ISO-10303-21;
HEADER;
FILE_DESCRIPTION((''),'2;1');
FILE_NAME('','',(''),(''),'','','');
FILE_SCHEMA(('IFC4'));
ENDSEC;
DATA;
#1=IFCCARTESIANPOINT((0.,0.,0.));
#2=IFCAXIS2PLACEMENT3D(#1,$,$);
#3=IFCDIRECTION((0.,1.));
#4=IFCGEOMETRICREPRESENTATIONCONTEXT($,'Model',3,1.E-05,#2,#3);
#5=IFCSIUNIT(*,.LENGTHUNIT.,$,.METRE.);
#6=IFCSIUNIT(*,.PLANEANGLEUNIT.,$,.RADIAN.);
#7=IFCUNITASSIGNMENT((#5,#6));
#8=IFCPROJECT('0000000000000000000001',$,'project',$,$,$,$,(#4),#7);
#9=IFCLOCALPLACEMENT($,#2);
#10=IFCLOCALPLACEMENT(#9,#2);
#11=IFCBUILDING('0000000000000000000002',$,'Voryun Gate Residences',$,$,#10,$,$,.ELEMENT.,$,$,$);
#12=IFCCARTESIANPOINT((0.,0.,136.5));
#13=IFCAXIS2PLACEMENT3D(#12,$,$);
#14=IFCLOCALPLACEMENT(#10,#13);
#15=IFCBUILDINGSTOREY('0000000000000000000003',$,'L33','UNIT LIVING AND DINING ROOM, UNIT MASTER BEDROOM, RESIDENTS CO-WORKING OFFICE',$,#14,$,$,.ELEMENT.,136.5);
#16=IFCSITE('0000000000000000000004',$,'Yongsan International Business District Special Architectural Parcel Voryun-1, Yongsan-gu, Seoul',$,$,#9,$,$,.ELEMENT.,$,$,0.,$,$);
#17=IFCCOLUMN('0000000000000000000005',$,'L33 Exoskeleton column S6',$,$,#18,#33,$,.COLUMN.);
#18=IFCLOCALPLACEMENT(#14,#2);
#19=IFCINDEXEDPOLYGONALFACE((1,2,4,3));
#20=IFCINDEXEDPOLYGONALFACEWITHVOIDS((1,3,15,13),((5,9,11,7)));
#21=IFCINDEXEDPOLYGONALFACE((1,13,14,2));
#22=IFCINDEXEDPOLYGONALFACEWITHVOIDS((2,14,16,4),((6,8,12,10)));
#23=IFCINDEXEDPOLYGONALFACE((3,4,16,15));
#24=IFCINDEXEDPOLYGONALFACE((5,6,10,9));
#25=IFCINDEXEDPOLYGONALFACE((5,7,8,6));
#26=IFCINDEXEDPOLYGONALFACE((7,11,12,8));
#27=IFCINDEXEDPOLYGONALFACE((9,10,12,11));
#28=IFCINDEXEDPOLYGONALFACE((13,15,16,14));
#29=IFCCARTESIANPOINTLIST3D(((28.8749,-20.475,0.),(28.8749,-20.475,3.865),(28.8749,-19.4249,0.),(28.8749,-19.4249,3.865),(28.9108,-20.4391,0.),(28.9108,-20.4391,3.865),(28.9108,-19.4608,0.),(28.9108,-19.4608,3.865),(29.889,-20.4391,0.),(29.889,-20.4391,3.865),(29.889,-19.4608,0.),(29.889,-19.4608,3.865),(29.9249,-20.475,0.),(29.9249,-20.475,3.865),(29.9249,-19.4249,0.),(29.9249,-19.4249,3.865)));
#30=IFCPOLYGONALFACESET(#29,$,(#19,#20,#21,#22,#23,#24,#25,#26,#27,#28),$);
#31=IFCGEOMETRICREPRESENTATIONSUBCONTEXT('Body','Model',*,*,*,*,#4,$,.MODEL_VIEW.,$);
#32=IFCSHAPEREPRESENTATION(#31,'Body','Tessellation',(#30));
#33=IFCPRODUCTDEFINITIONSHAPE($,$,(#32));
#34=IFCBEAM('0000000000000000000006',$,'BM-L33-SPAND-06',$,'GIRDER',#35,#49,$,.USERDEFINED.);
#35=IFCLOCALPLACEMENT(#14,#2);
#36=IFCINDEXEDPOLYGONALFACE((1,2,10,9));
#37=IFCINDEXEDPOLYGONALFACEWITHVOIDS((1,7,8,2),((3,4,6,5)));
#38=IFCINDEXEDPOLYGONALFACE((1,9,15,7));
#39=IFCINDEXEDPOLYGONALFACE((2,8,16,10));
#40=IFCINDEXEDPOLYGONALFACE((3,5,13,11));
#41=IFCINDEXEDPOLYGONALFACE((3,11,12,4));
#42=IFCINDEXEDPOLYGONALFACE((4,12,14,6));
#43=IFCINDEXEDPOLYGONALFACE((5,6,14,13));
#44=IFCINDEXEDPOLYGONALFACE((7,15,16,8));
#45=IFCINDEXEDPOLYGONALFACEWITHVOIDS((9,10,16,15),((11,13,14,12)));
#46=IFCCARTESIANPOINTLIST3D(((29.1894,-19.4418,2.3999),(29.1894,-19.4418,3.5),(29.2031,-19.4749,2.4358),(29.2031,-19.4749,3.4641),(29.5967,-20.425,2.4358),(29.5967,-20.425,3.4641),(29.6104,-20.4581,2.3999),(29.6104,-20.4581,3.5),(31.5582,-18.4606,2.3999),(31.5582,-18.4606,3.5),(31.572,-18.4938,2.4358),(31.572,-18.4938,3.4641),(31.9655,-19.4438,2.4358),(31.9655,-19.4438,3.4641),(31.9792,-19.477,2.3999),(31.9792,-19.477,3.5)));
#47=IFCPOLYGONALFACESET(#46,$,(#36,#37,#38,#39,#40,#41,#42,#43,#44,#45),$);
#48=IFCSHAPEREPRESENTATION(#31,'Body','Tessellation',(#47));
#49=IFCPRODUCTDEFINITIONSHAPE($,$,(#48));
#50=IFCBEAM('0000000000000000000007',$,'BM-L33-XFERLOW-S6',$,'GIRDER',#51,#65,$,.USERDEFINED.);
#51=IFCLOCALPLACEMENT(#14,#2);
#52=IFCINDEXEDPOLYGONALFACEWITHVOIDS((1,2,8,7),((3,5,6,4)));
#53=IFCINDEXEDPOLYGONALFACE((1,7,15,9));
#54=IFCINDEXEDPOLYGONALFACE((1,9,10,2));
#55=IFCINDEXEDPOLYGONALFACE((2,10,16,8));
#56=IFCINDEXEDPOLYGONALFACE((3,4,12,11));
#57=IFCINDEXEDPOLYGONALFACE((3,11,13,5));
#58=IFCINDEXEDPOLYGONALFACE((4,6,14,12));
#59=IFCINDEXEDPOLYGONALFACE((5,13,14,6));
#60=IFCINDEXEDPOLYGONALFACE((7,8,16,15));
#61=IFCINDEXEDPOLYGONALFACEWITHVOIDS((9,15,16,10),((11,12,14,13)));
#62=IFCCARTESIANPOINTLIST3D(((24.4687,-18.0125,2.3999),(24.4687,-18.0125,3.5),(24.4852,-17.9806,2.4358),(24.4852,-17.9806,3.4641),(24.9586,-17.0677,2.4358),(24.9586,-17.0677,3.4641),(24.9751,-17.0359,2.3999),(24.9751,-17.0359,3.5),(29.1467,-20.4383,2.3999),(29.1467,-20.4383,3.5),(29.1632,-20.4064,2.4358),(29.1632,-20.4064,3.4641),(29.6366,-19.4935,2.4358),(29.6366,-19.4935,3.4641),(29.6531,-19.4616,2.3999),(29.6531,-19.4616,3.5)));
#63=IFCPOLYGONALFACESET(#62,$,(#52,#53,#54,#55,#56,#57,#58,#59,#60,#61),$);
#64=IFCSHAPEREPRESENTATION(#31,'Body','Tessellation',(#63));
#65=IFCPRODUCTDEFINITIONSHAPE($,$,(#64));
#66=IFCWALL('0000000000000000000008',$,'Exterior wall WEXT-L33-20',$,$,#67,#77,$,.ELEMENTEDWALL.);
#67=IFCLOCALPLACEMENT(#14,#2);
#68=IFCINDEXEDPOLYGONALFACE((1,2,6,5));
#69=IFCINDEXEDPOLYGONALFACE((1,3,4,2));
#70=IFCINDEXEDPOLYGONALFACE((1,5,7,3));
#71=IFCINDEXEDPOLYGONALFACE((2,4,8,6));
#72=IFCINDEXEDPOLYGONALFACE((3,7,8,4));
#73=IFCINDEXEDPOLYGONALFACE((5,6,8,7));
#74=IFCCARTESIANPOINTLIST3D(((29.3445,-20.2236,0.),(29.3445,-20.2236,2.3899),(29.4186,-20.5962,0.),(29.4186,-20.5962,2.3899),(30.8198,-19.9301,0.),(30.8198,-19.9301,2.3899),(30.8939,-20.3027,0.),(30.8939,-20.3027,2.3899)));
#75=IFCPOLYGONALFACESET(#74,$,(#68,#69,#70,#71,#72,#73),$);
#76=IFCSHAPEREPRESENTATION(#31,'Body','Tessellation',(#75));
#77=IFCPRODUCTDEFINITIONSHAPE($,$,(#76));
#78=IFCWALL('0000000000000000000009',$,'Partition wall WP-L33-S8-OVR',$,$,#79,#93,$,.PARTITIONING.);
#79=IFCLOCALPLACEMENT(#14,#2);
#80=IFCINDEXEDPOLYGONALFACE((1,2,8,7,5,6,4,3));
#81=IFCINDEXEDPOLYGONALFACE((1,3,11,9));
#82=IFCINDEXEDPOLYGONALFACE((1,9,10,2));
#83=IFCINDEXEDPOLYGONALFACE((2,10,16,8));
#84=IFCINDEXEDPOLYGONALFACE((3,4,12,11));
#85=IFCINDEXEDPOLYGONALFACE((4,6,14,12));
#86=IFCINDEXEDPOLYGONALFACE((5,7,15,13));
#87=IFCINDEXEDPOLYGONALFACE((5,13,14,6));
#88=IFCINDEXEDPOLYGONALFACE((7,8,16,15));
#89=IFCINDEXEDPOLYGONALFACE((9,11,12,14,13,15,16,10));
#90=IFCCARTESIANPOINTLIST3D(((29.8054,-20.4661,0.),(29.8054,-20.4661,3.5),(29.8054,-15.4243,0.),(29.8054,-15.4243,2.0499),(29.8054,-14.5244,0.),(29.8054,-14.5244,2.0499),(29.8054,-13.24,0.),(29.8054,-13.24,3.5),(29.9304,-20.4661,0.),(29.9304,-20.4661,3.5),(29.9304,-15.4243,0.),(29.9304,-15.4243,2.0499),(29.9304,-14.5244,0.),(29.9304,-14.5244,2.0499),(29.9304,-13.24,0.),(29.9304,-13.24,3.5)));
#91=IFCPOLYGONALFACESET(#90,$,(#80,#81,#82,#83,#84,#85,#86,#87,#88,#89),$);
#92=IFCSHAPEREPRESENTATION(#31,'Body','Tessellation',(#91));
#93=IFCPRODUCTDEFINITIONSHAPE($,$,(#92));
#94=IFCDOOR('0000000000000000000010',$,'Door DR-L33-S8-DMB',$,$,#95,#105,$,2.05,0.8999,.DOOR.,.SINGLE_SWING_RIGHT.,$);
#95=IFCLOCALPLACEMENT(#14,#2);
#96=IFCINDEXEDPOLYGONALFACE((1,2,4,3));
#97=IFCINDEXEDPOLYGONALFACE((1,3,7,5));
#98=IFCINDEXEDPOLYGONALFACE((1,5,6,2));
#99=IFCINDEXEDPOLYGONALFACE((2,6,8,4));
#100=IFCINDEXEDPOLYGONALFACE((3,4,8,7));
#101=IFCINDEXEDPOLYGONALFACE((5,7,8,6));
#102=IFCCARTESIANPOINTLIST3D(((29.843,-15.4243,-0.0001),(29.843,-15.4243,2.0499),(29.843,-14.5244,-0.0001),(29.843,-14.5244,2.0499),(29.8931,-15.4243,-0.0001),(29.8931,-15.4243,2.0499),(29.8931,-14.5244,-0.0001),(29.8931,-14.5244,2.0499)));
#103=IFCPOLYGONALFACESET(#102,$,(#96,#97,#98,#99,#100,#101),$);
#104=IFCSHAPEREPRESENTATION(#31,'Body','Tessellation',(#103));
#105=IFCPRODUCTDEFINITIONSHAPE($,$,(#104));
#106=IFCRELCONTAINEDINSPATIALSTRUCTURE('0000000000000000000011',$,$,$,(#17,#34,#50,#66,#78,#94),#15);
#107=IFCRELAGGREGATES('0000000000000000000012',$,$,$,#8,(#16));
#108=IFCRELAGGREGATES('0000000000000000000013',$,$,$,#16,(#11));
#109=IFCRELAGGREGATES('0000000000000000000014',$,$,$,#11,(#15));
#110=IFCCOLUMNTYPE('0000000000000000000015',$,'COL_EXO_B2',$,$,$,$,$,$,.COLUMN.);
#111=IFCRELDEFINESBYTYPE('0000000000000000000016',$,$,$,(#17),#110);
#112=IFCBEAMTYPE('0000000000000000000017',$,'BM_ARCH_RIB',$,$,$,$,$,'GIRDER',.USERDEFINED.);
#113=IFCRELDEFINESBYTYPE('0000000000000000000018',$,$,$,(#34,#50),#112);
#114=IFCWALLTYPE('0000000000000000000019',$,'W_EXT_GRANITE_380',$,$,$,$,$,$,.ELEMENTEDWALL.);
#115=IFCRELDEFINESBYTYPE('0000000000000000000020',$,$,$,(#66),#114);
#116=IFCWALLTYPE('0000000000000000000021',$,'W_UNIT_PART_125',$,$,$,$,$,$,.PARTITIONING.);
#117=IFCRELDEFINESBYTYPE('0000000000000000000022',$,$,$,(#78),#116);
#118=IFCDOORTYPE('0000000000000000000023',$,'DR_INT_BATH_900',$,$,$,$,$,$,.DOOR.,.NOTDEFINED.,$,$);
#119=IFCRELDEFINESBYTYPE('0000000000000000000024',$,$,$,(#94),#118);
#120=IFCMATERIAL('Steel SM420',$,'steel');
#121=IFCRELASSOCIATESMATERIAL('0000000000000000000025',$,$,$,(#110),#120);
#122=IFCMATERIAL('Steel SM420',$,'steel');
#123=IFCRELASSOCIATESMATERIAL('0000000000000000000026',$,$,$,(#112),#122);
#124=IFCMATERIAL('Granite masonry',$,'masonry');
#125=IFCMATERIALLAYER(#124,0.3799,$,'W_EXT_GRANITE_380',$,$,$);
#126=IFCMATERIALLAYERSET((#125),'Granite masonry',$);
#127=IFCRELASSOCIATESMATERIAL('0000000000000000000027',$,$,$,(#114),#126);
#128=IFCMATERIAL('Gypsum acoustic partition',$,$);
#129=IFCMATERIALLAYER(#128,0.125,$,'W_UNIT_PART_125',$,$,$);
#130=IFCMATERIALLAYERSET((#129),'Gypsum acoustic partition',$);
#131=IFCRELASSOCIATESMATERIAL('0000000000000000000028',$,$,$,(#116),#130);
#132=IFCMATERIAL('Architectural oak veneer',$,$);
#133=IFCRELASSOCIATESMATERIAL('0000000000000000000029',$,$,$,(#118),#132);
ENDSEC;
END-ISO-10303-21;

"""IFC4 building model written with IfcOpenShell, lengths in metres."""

from ifc_helpers import new_model, si_unit, direction, frame, frame_2d, origin, origin_2d, place, context, subcontext, project, spatial, rectangle, hollow_rectangle, extrude, material, layer, layer_set, material_profile, profile_set, type_object, element, fill, save


model = new_model("IFC4")

# Units and contexts
model_context = context("Model", 3, precision=1e-05, world=origin(), true_north=direction((0.0, 1.0)))
body_context = subcontext(model_context, "Body", "Model", "MODEL_VIEW")
ifc_project = project(units=[si_unit("LENGTHUNIT", "METRE"), si_unit("PLANEANGLEUNIT", "RADIAN")], contexts=[model_context])

# Site, building, storey
site_placement = place(None, origin())
site = spatial("IfcSite", under=ifc_project, at=site_placement, Name="Yongsan International Business District Special Architectural Parcel Voryun-1, Yongsan-gu, Seoul", CompositionType="ELEMENT", RefElevation=0.0)
building_placement = place(site_placement, origin())
building = spatial("IfcBuilding", under=site, at=building_placement, Name="Voryun Gate Residences", CompositionType="ELEMENT")
storey_placement = place(building_placement, frame((0.0, 0.0, 136.5)))
storey = spatial("IfcBuildingStorey", under=building, at=storey_placement, Name="L33", Description="UNIT LIVING AND DINING ROOM, UNIT MASTER BEDROOM, RESIDENTS CO-WORKING OFFICE", CompositionType="ELEMENT", Elevation=136.5)

# Column
ifc_material_1 = material(Name="Steel SM420", Category="steel")
ifc_material_profile_1 = material_profile(ifc_material_1, hollow_rectangle(XDim=1.05, YDim=1.05, WallThickness=0.0359, at=origin_2d()), Name="BOX-1050x1050x36")
ifc_profile_set_1 = profile_set([ifc_material_profile_1], Name="Steel SM420")
column_type = type_object("IfcColumnType", Name="COL_EXO_B2", PredefinedType="COLUMN", material=ifc_profile_set_1)
column_placement = place(storey_placement, frame((29.3999, -19.95, 0.0), z_axis=(0.0, 0.0, 1.0), x_axis=(1.0, 0.0, 0.0)))
element("IfcColumn", 1, at=column_placement, inside=storey, type_object=column_type, Name="L33 Exoskeleton column S6", PredefinedType="COLUMN", context=body_context, shape_type="SweptSolid", body=[
    extrude(hollow_rectangle(XDim=1.05, YDim=1.05, WallThickness=0.0359, at=origin_2d()), origin(), (0.0, 0.0, 1.0), 3.865),
])

# Beams
ifc_material_2 = material(Name="Steel SM420", Category="steel")
ifc_material_profile_2 = material_profile(ifc_material_2, hollow_rectangle(XDim=1.1001, YDim=1.1001, WallThickness=0.0359, at=origin_2d()), Name="BOX-1100x1100x36")
ifc_profile_set_2 = profile_set([ifc_material_profile_2], Name="Steel SM420")
beam_type = type_object("IfcBeamType", Name="BM_ARCH_RIB", ElementType="GIRDER", PredefinedType="USERDEFINED", material=ifc_profile_set_2)
beam_1_placement = place(storey_placement, frame((29.3999, -19.95, 2.95), z_axis=(0.923883, 0.382674, 0.0), x_axis=(-0.382674, 0.923883, 0.0)))
element("IfcBeam", 2, at=beam_1_placement, inside=storey, type_object=beam_type, Name="BM-L33-SPAND-06", ObjectType="GIRDER", PredefinedType="USERDEFINED", context=body_context, shape_type="SweptSolid", body=[
    extrude(hollow_rectangle(XDim=1.1001, YDim=1.1001, WallThickness=0.0359, at=origin_2d()), origin(), (0.0, 0.0, 1.0), 2.564),
])
beam_2_placement = place(storey_placement, frame((29.3999, -19.95, 2.95), z_axis=(-0.887742, 0.460342, 0.0), x_axis=(-0.460342, -0.887742, 0.0)))
element("IfcBeam", 3, at=beam_2_placement, inside=storey, type_object=beam_type, Name="BM-L33-XFERLOW-S6", ObjectType="GIRDER", PredefinedType="USERDEFINED", context=body_context, shape_type="SweptSolid", body=[
    extrude(hollow_rectangle(XDim=1.1001, YDim=1.1001, WallThickness=0.0359, at=origin_2d()), origin(), (0.0, 0.0, 1.0), 5.2695),
])

# Shared definitions
ifc_material_3 = material(Name="Granite masonry", Category="masonry")
ifc_layer_1 = layer(ifc_material_3, 0.3799, Name="W_EXT_GRANITE_380")
ifc_layer_set_1 = layer_set([ifc_layer_1], Name="Granite masonry")
wall_type_1 = type_object("IfcWallType", Name="W_EXT_GRANITE_380", PredefinedType="ELEMENTEDWALL", material=ifc_layer_set_1)

# Wall
wall_1_placement = place(storey_placement, frame((30.8567, -20.1165, 0.0), z_axis=(0.0, 0.0, 1.0), x_axis=(-0.980786, -0.195086, 0.0)))
element("IfcWall", 4, at=wall_1_placement, inside=storey, type_object=wall_type_1, Name="Exterior wall WEXT-L33-20", PredefinedType="ELEMENTEDWALL", context=body_context, shape_type="SweptSolid", body=[
    extrude(rectangle(XDim=1.5042, YDim=0.3799, at=frame_2d((0.752, 0.0))), origin(), (0.0, 0.0, 1.0), 2.3899),
])

# Wall, opening, door
ifc_material_4 = material(Name="Gypsum acoustic partition")
ifc_layer_2 = layer(ifc_material_4, 0.125, Name="W_UNIT_PART_125")
ifc_layer_set_2 = layer_set([ifc_layer_2], Name="Gypsum acoustic partition")
wall_type_2 = type_object("IfcWallType", Name="W_UNIT_PART_125", PredefinedType="PARTITIONING", material=ifc_layer_set_2)
wall_2_placement = place(storey_placement, frame((29.8679, -20.4661, 0.0), z_axis=(0.0, 0.0, 1.0), x_axis=(0.0, 1.0, 0.0)))
wall_2 = element("IfcWall", 5, at=wall_2_placement, inside=storey, type_object=wall_type_2, Name="Partition wall WP-L33-S8-OVR", PredefinedType="PARTITIONING", context=body_context, shape_type="SweptSolid", body=[
    extrude(rectangle(XDim=7.2261, YDim=0.125, at=frame_2d((3.613, 0.0))), origin(), (0.0, 0.0, 1.0), 3.5),
])
opening_1_placement = place(wall_2_placement, frame((5.0417, 0.0, 0.0)))
opening_1 = element("IfcOpeningElement", 6, at=opening_1_placement, cuts=wall_2, PredefinedType="OPENING", context=body_context, shape_type="SweptSolid", body=[
    extrude(rectangle(XDim=0.8999, YDim=2.05, at=frame_2d((0.45, 1.0249))), frame((0.0, 0.0725, 0.0), z_axis=(0.0, -1.0, 0.0), x_axis=(1.0, 0.0, 0.0)), (0.0, 0.0, 1.0), 0.145),
])
ifc_material_5 = material(Name="Architectural oak veneer")
door_type = type_object("IfcDoorType", Name="DR_INT_BATH_900", OperationType="NOTDEFINED", PredefinedType="DOOR", material=ifc_material_5)
door_placement = place(opening_1_placement, origin())
door = element("IfcDoor", 7, at=door_placement, inside=storey, type_object=door_type, Name="Door DR-L33-S8-DMB", OperationType="SINGLE_SWING_RIGHT", OverallHeight=2.05, OverallWidth=0.8999, PredefinedType="DOOR", context=body_context, shape_type="SweptSolid", body=[
    extrude(rectangle(XDim=0.8999, YDim=2.05, at=frame_2d((0.45, 1.0249))), frame((0.0, 0.0249, 0.0), z_axis=(0.0, -1.0, 0.0), x_axis=(1.0, 0.0, 0.0)), (0.0, 0.0, 1.0), 0.05),
])
fill(opening_1, door)

save(model, "model.ifc")
